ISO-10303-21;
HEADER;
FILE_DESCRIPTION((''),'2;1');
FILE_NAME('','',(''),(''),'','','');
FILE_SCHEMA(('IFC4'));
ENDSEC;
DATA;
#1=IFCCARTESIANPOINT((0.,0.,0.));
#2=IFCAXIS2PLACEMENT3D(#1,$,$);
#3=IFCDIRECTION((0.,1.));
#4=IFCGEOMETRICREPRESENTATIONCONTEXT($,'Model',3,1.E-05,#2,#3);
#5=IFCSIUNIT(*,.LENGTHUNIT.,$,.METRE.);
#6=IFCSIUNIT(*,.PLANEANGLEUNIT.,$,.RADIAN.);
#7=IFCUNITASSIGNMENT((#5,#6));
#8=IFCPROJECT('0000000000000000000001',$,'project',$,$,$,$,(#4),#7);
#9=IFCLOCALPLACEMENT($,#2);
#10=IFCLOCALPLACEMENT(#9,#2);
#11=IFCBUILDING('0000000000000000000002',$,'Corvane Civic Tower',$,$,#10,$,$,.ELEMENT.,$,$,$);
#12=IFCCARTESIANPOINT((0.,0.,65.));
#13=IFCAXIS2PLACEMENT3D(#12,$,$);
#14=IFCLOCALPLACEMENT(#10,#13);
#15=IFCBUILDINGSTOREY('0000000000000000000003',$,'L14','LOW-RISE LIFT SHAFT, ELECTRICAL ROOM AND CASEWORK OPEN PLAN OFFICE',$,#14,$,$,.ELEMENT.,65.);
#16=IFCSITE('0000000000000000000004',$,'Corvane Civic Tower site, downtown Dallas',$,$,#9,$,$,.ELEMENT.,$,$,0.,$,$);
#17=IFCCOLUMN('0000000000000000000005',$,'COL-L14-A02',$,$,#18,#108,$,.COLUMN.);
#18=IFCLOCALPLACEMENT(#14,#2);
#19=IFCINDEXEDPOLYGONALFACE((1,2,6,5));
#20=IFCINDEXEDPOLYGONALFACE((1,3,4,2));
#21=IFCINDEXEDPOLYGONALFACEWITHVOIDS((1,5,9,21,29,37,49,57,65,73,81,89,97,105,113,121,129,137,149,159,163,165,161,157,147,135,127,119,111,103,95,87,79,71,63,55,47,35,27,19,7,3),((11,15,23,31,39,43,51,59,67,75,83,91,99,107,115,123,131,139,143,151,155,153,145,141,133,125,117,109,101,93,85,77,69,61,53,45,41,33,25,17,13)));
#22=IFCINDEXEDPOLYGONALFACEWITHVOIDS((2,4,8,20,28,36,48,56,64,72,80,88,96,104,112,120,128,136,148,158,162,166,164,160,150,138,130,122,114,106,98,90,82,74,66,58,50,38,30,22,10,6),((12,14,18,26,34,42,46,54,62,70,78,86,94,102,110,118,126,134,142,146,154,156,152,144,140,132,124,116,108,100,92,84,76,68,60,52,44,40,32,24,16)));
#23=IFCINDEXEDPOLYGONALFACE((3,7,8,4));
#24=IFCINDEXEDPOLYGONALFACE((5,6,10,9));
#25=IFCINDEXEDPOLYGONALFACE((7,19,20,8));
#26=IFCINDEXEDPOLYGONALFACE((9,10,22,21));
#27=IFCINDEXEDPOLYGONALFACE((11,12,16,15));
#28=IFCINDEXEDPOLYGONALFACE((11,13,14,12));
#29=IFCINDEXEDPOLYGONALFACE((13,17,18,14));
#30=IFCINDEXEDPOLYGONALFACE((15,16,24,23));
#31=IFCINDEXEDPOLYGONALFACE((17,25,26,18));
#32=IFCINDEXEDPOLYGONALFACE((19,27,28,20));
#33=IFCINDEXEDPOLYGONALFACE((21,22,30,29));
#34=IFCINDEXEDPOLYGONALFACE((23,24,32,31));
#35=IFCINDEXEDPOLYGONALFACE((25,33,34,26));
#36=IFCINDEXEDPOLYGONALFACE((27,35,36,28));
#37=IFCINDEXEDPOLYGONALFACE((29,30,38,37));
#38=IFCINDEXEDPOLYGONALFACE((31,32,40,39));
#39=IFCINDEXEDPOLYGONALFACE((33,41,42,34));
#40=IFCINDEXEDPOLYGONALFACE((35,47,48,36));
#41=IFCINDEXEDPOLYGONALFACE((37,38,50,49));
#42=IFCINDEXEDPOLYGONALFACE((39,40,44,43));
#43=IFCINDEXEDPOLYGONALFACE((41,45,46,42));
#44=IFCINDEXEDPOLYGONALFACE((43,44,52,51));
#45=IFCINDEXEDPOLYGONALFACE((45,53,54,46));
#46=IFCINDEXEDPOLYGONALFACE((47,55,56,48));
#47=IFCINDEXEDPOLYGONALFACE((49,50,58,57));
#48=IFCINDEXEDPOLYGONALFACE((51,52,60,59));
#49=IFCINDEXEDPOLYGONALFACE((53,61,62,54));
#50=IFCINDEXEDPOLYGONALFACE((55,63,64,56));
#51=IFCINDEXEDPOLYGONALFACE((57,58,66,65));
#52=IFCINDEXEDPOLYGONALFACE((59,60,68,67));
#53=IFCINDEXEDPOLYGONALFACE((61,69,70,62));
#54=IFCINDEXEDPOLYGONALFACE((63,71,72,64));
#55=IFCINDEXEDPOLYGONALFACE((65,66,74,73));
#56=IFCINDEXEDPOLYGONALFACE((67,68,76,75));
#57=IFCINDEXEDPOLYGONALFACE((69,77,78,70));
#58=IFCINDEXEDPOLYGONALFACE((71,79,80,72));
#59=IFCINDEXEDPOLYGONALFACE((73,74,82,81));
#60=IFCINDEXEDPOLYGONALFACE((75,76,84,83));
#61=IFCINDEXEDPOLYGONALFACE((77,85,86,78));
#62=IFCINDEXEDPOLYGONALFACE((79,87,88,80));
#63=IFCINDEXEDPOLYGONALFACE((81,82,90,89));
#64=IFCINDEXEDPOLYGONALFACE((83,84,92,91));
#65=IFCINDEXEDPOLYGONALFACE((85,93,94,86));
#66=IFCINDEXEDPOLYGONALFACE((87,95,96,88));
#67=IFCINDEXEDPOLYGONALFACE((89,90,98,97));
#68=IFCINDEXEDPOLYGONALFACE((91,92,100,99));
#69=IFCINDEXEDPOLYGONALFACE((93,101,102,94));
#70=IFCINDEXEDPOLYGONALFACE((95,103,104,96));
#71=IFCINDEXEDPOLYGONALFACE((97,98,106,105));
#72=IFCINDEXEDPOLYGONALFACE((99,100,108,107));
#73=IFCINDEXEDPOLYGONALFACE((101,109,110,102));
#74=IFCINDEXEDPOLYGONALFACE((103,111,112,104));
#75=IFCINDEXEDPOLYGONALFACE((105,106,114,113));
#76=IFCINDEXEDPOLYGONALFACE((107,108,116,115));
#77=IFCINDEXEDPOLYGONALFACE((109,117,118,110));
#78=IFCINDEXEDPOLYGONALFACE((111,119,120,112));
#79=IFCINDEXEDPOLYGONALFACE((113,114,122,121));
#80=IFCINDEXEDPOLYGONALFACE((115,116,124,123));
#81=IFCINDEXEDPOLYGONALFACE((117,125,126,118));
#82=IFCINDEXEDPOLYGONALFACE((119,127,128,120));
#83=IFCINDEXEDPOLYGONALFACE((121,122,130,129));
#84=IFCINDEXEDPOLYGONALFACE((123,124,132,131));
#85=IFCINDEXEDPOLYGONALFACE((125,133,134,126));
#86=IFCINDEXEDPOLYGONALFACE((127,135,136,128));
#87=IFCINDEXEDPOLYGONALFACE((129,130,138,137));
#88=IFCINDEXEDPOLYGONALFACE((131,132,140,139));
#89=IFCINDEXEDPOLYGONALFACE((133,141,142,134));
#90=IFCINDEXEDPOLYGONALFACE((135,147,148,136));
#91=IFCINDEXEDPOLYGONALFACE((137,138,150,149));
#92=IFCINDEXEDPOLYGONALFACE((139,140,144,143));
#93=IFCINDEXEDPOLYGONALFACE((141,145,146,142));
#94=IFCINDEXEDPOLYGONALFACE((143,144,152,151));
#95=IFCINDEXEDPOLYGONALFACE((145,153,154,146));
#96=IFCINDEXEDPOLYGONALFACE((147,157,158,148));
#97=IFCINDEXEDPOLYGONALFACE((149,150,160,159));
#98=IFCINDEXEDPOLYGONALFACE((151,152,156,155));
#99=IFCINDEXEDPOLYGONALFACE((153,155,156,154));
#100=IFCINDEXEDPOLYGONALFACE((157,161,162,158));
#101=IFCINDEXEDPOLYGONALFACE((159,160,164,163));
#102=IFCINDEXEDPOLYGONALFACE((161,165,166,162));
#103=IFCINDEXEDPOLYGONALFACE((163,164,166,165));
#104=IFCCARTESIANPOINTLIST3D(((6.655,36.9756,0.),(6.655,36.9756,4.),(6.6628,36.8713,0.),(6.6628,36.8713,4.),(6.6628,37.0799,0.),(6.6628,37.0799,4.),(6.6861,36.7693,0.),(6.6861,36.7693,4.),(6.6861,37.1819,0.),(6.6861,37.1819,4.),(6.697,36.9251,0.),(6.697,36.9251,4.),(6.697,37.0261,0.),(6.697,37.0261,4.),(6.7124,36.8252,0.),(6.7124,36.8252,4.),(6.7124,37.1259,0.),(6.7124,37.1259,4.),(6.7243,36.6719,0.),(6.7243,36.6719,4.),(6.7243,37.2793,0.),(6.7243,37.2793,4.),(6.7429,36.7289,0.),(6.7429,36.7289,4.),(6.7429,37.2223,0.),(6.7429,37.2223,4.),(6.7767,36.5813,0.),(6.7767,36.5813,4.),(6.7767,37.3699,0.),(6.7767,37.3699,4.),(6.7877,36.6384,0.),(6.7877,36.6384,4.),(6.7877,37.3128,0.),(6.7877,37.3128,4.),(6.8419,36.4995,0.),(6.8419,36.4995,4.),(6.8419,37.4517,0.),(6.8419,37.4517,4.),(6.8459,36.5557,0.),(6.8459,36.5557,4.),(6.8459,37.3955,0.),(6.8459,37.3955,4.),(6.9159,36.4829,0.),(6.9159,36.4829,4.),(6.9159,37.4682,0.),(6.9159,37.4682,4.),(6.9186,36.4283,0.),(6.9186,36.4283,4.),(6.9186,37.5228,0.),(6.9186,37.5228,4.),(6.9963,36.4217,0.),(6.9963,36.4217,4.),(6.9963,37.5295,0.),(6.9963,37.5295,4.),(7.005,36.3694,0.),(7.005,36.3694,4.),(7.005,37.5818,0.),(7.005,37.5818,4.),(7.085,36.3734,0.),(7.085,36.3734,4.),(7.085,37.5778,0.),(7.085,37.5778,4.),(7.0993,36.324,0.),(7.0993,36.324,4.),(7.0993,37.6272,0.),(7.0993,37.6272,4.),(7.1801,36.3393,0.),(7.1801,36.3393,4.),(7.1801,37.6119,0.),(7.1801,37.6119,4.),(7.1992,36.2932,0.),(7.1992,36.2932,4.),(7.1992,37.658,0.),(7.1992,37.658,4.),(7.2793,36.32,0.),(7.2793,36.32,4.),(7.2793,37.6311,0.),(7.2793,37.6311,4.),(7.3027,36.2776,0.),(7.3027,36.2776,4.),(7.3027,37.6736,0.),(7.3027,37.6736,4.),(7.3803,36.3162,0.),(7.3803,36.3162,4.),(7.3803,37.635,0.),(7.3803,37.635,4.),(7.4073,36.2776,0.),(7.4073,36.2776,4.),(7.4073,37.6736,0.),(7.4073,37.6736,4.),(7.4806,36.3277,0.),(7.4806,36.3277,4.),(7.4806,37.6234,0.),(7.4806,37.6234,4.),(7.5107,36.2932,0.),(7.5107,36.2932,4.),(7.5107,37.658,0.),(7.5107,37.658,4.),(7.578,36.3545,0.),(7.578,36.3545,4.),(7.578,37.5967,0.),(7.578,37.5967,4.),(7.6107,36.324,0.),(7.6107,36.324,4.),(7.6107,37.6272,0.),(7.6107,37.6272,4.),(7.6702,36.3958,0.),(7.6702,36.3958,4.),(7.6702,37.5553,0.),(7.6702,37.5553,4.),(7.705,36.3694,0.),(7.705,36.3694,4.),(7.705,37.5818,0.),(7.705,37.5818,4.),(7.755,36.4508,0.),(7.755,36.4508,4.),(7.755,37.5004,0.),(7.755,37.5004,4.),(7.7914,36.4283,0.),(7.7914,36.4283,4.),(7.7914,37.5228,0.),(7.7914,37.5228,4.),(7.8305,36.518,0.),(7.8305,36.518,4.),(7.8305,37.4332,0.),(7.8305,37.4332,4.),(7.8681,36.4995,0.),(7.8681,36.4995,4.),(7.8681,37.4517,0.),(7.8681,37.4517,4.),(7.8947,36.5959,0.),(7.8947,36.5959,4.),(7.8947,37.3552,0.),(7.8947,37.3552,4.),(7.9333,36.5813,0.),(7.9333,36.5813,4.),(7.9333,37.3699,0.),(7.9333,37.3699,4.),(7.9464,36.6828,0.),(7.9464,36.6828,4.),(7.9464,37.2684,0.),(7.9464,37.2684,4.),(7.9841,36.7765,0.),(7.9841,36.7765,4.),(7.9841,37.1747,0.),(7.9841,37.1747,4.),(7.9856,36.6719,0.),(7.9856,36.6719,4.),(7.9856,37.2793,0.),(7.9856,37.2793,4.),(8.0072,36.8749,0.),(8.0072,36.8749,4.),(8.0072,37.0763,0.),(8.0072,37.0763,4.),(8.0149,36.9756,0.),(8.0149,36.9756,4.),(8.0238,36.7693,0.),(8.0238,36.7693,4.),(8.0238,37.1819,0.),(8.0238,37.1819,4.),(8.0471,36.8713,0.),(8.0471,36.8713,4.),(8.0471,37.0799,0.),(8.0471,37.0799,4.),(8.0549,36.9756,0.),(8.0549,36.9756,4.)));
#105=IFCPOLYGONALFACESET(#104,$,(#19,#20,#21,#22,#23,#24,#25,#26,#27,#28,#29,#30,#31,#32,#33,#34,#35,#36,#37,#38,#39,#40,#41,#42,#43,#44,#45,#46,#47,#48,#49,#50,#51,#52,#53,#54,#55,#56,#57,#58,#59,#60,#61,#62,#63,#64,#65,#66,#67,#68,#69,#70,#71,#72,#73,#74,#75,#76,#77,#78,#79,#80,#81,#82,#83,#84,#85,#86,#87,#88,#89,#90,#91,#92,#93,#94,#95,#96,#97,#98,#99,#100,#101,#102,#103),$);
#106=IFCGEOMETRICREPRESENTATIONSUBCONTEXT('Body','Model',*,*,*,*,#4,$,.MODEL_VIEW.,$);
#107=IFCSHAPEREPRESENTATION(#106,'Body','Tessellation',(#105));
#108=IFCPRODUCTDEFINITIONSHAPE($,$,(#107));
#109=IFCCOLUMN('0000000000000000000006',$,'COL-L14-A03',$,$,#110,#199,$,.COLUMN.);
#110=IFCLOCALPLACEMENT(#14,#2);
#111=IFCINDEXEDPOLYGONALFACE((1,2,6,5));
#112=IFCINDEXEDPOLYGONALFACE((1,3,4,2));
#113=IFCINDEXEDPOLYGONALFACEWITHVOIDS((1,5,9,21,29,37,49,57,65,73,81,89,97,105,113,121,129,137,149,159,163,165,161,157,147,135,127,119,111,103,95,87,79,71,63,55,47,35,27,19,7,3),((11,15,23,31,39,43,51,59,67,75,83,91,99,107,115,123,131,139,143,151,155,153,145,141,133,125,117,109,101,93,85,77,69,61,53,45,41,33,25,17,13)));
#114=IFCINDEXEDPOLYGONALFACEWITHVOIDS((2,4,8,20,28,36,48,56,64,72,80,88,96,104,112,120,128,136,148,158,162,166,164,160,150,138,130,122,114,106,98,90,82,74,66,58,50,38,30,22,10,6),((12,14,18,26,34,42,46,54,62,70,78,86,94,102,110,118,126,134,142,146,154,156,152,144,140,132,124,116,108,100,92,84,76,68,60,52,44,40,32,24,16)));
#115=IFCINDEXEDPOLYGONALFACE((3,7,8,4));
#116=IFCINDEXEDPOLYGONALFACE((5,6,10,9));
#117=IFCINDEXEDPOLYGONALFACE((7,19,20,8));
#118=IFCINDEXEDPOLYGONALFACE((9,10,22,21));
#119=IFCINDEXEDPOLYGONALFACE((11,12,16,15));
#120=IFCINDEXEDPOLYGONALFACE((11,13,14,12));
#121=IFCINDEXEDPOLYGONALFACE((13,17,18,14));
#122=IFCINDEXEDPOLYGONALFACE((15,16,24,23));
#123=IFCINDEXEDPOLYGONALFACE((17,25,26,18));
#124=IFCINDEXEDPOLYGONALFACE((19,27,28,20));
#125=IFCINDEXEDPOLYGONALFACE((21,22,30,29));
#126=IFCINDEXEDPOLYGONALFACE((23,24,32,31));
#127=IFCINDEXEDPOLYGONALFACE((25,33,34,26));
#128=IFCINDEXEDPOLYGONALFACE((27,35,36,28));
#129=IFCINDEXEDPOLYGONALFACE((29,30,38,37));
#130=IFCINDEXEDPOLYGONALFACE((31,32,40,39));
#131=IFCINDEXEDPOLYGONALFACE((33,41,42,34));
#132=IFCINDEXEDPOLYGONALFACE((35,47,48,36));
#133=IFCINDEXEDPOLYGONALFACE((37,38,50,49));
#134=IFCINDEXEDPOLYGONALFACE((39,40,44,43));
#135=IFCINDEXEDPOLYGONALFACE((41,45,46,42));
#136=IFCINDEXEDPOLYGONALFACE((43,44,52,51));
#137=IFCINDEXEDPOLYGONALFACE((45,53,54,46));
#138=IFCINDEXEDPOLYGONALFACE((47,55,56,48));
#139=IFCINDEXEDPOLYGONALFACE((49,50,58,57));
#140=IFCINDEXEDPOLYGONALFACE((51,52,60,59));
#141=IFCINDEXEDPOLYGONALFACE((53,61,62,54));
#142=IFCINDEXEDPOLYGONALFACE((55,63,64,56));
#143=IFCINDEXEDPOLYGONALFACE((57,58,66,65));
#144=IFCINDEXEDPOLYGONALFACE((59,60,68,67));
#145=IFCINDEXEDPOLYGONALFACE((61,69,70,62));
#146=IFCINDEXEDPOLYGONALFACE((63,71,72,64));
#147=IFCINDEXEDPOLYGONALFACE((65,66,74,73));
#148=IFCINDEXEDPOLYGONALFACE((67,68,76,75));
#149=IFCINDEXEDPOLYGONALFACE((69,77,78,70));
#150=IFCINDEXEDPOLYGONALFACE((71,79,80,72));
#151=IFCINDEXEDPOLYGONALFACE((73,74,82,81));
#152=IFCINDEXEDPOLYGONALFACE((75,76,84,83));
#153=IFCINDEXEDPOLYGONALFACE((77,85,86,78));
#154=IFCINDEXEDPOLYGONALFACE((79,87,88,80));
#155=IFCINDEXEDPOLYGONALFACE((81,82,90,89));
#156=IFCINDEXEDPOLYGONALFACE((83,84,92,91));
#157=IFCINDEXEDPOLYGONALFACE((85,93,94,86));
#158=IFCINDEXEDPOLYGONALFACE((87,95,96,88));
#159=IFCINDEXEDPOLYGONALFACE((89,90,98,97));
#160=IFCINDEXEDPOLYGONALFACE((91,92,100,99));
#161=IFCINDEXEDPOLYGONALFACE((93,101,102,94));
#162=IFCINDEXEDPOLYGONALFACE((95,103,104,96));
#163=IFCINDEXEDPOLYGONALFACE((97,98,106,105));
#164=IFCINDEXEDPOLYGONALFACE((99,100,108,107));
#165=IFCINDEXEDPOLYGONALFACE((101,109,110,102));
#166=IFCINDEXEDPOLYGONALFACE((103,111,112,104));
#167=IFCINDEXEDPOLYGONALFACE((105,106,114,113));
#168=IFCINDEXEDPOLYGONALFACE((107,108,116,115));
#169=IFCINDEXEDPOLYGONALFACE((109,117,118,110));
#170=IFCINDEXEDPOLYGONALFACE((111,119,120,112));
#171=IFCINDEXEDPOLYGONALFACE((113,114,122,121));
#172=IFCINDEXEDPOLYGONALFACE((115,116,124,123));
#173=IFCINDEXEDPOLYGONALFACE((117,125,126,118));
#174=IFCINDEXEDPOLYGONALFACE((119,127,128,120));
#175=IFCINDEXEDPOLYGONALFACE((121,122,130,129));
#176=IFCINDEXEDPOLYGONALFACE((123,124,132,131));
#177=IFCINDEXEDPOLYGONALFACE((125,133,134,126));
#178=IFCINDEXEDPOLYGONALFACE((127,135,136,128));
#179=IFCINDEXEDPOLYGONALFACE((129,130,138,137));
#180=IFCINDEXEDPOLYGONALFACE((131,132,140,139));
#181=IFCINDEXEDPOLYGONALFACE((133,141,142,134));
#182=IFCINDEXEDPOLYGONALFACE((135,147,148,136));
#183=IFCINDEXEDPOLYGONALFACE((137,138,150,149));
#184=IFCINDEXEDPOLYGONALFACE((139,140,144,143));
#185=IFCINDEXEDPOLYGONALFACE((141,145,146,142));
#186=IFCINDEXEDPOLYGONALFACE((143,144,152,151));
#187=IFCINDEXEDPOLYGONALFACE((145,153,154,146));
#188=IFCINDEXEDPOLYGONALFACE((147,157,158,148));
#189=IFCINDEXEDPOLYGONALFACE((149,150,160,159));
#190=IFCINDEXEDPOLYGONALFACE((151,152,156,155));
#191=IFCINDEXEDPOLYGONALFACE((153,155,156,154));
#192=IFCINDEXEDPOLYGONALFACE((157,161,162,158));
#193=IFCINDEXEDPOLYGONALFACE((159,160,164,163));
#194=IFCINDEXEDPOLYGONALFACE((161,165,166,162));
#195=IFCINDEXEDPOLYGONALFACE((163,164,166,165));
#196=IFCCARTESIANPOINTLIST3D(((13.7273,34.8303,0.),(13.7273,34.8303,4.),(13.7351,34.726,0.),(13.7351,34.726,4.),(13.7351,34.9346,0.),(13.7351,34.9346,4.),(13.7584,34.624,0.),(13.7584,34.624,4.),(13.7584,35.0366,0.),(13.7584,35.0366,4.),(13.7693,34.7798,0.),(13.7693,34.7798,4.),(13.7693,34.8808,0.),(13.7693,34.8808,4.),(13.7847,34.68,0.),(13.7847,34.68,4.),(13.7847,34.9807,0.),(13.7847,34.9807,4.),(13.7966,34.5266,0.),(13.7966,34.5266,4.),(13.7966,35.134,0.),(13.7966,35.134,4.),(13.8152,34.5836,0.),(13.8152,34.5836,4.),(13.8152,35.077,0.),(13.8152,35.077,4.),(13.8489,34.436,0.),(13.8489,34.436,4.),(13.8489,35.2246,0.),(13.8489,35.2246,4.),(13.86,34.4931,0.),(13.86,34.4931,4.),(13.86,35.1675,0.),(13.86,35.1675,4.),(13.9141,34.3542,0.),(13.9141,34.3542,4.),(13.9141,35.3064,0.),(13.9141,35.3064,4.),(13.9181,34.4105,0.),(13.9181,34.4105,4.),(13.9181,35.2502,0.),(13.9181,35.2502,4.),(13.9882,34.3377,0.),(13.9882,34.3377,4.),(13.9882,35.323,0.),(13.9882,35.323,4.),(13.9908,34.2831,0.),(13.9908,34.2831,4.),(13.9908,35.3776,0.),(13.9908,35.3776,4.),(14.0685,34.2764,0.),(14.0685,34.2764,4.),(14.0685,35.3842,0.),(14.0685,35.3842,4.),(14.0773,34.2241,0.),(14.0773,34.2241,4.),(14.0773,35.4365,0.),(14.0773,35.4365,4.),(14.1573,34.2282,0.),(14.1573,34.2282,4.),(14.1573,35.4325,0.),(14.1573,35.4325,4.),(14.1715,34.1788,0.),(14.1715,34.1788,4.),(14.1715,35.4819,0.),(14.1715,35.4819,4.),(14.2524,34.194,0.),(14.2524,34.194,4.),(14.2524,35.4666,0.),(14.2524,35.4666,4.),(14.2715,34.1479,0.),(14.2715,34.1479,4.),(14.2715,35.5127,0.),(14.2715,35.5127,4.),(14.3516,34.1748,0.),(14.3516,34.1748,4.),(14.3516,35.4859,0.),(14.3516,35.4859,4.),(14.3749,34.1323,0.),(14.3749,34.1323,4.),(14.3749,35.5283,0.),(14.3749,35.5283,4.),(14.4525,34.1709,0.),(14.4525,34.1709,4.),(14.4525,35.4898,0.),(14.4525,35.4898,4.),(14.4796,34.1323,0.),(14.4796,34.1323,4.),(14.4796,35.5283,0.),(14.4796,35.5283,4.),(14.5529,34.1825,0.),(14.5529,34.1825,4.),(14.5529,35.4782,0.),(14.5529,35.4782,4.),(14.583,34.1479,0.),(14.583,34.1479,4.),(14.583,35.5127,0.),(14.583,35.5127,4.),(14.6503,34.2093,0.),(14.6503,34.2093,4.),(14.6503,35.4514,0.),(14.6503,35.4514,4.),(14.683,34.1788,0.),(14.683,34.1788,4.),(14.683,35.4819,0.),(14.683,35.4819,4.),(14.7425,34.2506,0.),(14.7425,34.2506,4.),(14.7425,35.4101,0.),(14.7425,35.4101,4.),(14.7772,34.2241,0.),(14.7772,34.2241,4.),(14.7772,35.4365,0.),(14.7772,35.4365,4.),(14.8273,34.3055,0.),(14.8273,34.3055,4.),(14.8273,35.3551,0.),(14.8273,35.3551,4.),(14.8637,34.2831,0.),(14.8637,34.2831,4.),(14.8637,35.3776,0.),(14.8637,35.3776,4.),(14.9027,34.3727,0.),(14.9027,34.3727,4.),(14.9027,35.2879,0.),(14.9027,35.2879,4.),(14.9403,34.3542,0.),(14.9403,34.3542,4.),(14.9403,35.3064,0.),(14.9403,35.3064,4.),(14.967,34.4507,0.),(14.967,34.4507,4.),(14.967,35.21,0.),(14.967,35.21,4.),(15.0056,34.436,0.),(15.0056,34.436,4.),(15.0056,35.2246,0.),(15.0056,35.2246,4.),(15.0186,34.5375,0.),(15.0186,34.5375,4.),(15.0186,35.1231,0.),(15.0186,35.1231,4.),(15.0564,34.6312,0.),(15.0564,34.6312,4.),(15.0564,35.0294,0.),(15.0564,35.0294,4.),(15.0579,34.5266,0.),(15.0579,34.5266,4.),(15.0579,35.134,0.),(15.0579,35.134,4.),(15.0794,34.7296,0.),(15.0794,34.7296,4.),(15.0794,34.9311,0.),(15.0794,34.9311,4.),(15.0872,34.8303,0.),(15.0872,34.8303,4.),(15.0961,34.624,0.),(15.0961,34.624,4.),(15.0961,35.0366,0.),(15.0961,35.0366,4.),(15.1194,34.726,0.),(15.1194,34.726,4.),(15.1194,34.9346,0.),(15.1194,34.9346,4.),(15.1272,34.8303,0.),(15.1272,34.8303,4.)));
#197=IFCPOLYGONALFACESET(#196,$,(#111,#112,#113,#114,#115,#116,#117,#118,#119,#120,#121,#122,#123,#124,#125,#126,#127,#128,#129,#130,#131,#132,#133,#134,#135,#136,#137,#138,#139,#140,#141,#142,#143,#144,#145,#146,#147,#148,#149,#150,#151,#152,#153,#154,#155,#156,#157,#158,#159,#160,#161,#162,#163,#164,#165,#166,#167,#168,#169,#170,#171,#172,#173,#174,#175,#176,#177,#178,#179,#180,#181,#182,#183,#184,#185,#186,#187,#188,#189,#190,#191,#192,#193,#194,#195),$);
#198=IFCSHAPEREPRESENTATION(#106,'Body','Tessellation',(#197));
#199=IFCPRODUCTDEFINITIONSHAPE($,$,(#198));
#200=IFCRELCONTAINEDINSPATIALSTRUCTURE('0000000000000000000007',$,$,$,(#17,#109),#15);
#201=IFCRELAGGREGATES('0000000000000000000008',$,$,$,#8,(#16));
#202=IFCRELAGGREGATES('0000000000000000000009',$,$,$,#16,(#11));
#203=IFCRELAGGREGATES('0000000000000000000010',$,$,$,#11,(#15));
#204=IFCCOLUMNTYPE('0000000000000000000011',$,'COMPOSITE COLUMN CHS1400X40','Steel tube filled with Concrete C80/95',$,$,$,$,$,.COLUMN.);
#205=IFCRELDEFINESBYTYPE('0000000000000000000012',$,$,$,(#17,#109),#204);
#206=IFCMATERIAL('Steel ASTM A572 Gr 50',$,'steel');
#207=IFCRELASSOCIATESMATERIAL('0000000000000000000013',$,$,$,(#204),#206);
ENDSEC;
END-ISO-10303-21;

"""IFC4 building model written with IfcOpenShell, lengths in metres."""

from ifc_helpers import new_model, si_unit, direction, frame, origin, origin_2d, place, context, subcontext, project, spatial, hollow_circle, extrude, material, material_profile, profile_set, type_object, element, save


model = new_model("IFC4")

# Units and contexts
model_context = context("Model", 3, precision=1e-05, world=origin(), true_north=direction((0.0, 1.0)))
body_context = subcontext(model_context, "Body", "Model", "MODEL_VIEW")
ifc_project = project(units=[si_unit("LENGTHUNIT", "METRE"), si_unit("PLANEANGLEUNIT", "RADIAN")], contexts=[model_context])

# Site, building, storey
site_placement = place(None, origin())
site = spatial("IfcSite", under=ifc_project, at=site_placement, Name="Corvane Civic Tower site, downtown Dallas", CompositionType="ELEMENT", RefElevation=0.0)
building_placement = place(site_placement, origin())
building = spatial("IfcBuilding", under=site, at=building_placement, Name="Corvane Civic Tower", CompositionType="ELEMENT")
storey_placement = place(building_placement, frame((0.0, 0.0, 65.0)))
storey = spatial("IfcBuildingStorey", under=building, at=storey_placement, Name="L14", Description="LOW-RISE LIFT SHAFT, ELECTRICAL ROOM AND CASEWORK OPEN PLAN OFFICE", CompositionType="ELEMENT", Elevation=65.0)

# Columns
ifc_material_1 = material(Name="Steel ASTM A572 Gr 50", Category="steel")
ifc_material_profile_1 = material_profile(ifc_material_1, hollow_circle(Radius=0.7, WallThickness=0.04, at=origin_2d()), Name="CHS1400X40")
ifc_profile_set_1 = profile_set([ifc_material_profile_1], Name="Steel ASTM A572 Gr 50")
column_type = type_object("IfcColumnType", Name="COMPOSITE COLUMN CHS1400X40", Description="Steel tube filled with Concrete C80/95", PredefinedType="COLUMN", material=ifc_profile_set_1)
for number, where, z_axis, x_axis, name in (
    (1, (7.355, 36.9756, 0.0), (0.0, 0.0, 1.0), (1.0, 0.0, 0.0), "COL-L14-A02"),
    (2, (14.4272, 34.8303, 0.0), (0.0, 0.0, 1.0), (1.0, 0.0, 0.0), "COL-L14-A03"),
):
    element("IfcColumn", number, at=place(storey_placement, frame(where, z_axis=z_axis, x_axis=x_axis)), inside=storey, type_object=column_type, Name=name, PredefinedType="COLUMN", context=body_context, shape_type="SweptSolid", body=[
        extrude(hollow_circle(Radius=0.7, WallThickness=0.04, at=origin_2d()), origin(), (0.0, 0.0, 1.0), 4.0),
    ])

save(model, "model.ifc")
